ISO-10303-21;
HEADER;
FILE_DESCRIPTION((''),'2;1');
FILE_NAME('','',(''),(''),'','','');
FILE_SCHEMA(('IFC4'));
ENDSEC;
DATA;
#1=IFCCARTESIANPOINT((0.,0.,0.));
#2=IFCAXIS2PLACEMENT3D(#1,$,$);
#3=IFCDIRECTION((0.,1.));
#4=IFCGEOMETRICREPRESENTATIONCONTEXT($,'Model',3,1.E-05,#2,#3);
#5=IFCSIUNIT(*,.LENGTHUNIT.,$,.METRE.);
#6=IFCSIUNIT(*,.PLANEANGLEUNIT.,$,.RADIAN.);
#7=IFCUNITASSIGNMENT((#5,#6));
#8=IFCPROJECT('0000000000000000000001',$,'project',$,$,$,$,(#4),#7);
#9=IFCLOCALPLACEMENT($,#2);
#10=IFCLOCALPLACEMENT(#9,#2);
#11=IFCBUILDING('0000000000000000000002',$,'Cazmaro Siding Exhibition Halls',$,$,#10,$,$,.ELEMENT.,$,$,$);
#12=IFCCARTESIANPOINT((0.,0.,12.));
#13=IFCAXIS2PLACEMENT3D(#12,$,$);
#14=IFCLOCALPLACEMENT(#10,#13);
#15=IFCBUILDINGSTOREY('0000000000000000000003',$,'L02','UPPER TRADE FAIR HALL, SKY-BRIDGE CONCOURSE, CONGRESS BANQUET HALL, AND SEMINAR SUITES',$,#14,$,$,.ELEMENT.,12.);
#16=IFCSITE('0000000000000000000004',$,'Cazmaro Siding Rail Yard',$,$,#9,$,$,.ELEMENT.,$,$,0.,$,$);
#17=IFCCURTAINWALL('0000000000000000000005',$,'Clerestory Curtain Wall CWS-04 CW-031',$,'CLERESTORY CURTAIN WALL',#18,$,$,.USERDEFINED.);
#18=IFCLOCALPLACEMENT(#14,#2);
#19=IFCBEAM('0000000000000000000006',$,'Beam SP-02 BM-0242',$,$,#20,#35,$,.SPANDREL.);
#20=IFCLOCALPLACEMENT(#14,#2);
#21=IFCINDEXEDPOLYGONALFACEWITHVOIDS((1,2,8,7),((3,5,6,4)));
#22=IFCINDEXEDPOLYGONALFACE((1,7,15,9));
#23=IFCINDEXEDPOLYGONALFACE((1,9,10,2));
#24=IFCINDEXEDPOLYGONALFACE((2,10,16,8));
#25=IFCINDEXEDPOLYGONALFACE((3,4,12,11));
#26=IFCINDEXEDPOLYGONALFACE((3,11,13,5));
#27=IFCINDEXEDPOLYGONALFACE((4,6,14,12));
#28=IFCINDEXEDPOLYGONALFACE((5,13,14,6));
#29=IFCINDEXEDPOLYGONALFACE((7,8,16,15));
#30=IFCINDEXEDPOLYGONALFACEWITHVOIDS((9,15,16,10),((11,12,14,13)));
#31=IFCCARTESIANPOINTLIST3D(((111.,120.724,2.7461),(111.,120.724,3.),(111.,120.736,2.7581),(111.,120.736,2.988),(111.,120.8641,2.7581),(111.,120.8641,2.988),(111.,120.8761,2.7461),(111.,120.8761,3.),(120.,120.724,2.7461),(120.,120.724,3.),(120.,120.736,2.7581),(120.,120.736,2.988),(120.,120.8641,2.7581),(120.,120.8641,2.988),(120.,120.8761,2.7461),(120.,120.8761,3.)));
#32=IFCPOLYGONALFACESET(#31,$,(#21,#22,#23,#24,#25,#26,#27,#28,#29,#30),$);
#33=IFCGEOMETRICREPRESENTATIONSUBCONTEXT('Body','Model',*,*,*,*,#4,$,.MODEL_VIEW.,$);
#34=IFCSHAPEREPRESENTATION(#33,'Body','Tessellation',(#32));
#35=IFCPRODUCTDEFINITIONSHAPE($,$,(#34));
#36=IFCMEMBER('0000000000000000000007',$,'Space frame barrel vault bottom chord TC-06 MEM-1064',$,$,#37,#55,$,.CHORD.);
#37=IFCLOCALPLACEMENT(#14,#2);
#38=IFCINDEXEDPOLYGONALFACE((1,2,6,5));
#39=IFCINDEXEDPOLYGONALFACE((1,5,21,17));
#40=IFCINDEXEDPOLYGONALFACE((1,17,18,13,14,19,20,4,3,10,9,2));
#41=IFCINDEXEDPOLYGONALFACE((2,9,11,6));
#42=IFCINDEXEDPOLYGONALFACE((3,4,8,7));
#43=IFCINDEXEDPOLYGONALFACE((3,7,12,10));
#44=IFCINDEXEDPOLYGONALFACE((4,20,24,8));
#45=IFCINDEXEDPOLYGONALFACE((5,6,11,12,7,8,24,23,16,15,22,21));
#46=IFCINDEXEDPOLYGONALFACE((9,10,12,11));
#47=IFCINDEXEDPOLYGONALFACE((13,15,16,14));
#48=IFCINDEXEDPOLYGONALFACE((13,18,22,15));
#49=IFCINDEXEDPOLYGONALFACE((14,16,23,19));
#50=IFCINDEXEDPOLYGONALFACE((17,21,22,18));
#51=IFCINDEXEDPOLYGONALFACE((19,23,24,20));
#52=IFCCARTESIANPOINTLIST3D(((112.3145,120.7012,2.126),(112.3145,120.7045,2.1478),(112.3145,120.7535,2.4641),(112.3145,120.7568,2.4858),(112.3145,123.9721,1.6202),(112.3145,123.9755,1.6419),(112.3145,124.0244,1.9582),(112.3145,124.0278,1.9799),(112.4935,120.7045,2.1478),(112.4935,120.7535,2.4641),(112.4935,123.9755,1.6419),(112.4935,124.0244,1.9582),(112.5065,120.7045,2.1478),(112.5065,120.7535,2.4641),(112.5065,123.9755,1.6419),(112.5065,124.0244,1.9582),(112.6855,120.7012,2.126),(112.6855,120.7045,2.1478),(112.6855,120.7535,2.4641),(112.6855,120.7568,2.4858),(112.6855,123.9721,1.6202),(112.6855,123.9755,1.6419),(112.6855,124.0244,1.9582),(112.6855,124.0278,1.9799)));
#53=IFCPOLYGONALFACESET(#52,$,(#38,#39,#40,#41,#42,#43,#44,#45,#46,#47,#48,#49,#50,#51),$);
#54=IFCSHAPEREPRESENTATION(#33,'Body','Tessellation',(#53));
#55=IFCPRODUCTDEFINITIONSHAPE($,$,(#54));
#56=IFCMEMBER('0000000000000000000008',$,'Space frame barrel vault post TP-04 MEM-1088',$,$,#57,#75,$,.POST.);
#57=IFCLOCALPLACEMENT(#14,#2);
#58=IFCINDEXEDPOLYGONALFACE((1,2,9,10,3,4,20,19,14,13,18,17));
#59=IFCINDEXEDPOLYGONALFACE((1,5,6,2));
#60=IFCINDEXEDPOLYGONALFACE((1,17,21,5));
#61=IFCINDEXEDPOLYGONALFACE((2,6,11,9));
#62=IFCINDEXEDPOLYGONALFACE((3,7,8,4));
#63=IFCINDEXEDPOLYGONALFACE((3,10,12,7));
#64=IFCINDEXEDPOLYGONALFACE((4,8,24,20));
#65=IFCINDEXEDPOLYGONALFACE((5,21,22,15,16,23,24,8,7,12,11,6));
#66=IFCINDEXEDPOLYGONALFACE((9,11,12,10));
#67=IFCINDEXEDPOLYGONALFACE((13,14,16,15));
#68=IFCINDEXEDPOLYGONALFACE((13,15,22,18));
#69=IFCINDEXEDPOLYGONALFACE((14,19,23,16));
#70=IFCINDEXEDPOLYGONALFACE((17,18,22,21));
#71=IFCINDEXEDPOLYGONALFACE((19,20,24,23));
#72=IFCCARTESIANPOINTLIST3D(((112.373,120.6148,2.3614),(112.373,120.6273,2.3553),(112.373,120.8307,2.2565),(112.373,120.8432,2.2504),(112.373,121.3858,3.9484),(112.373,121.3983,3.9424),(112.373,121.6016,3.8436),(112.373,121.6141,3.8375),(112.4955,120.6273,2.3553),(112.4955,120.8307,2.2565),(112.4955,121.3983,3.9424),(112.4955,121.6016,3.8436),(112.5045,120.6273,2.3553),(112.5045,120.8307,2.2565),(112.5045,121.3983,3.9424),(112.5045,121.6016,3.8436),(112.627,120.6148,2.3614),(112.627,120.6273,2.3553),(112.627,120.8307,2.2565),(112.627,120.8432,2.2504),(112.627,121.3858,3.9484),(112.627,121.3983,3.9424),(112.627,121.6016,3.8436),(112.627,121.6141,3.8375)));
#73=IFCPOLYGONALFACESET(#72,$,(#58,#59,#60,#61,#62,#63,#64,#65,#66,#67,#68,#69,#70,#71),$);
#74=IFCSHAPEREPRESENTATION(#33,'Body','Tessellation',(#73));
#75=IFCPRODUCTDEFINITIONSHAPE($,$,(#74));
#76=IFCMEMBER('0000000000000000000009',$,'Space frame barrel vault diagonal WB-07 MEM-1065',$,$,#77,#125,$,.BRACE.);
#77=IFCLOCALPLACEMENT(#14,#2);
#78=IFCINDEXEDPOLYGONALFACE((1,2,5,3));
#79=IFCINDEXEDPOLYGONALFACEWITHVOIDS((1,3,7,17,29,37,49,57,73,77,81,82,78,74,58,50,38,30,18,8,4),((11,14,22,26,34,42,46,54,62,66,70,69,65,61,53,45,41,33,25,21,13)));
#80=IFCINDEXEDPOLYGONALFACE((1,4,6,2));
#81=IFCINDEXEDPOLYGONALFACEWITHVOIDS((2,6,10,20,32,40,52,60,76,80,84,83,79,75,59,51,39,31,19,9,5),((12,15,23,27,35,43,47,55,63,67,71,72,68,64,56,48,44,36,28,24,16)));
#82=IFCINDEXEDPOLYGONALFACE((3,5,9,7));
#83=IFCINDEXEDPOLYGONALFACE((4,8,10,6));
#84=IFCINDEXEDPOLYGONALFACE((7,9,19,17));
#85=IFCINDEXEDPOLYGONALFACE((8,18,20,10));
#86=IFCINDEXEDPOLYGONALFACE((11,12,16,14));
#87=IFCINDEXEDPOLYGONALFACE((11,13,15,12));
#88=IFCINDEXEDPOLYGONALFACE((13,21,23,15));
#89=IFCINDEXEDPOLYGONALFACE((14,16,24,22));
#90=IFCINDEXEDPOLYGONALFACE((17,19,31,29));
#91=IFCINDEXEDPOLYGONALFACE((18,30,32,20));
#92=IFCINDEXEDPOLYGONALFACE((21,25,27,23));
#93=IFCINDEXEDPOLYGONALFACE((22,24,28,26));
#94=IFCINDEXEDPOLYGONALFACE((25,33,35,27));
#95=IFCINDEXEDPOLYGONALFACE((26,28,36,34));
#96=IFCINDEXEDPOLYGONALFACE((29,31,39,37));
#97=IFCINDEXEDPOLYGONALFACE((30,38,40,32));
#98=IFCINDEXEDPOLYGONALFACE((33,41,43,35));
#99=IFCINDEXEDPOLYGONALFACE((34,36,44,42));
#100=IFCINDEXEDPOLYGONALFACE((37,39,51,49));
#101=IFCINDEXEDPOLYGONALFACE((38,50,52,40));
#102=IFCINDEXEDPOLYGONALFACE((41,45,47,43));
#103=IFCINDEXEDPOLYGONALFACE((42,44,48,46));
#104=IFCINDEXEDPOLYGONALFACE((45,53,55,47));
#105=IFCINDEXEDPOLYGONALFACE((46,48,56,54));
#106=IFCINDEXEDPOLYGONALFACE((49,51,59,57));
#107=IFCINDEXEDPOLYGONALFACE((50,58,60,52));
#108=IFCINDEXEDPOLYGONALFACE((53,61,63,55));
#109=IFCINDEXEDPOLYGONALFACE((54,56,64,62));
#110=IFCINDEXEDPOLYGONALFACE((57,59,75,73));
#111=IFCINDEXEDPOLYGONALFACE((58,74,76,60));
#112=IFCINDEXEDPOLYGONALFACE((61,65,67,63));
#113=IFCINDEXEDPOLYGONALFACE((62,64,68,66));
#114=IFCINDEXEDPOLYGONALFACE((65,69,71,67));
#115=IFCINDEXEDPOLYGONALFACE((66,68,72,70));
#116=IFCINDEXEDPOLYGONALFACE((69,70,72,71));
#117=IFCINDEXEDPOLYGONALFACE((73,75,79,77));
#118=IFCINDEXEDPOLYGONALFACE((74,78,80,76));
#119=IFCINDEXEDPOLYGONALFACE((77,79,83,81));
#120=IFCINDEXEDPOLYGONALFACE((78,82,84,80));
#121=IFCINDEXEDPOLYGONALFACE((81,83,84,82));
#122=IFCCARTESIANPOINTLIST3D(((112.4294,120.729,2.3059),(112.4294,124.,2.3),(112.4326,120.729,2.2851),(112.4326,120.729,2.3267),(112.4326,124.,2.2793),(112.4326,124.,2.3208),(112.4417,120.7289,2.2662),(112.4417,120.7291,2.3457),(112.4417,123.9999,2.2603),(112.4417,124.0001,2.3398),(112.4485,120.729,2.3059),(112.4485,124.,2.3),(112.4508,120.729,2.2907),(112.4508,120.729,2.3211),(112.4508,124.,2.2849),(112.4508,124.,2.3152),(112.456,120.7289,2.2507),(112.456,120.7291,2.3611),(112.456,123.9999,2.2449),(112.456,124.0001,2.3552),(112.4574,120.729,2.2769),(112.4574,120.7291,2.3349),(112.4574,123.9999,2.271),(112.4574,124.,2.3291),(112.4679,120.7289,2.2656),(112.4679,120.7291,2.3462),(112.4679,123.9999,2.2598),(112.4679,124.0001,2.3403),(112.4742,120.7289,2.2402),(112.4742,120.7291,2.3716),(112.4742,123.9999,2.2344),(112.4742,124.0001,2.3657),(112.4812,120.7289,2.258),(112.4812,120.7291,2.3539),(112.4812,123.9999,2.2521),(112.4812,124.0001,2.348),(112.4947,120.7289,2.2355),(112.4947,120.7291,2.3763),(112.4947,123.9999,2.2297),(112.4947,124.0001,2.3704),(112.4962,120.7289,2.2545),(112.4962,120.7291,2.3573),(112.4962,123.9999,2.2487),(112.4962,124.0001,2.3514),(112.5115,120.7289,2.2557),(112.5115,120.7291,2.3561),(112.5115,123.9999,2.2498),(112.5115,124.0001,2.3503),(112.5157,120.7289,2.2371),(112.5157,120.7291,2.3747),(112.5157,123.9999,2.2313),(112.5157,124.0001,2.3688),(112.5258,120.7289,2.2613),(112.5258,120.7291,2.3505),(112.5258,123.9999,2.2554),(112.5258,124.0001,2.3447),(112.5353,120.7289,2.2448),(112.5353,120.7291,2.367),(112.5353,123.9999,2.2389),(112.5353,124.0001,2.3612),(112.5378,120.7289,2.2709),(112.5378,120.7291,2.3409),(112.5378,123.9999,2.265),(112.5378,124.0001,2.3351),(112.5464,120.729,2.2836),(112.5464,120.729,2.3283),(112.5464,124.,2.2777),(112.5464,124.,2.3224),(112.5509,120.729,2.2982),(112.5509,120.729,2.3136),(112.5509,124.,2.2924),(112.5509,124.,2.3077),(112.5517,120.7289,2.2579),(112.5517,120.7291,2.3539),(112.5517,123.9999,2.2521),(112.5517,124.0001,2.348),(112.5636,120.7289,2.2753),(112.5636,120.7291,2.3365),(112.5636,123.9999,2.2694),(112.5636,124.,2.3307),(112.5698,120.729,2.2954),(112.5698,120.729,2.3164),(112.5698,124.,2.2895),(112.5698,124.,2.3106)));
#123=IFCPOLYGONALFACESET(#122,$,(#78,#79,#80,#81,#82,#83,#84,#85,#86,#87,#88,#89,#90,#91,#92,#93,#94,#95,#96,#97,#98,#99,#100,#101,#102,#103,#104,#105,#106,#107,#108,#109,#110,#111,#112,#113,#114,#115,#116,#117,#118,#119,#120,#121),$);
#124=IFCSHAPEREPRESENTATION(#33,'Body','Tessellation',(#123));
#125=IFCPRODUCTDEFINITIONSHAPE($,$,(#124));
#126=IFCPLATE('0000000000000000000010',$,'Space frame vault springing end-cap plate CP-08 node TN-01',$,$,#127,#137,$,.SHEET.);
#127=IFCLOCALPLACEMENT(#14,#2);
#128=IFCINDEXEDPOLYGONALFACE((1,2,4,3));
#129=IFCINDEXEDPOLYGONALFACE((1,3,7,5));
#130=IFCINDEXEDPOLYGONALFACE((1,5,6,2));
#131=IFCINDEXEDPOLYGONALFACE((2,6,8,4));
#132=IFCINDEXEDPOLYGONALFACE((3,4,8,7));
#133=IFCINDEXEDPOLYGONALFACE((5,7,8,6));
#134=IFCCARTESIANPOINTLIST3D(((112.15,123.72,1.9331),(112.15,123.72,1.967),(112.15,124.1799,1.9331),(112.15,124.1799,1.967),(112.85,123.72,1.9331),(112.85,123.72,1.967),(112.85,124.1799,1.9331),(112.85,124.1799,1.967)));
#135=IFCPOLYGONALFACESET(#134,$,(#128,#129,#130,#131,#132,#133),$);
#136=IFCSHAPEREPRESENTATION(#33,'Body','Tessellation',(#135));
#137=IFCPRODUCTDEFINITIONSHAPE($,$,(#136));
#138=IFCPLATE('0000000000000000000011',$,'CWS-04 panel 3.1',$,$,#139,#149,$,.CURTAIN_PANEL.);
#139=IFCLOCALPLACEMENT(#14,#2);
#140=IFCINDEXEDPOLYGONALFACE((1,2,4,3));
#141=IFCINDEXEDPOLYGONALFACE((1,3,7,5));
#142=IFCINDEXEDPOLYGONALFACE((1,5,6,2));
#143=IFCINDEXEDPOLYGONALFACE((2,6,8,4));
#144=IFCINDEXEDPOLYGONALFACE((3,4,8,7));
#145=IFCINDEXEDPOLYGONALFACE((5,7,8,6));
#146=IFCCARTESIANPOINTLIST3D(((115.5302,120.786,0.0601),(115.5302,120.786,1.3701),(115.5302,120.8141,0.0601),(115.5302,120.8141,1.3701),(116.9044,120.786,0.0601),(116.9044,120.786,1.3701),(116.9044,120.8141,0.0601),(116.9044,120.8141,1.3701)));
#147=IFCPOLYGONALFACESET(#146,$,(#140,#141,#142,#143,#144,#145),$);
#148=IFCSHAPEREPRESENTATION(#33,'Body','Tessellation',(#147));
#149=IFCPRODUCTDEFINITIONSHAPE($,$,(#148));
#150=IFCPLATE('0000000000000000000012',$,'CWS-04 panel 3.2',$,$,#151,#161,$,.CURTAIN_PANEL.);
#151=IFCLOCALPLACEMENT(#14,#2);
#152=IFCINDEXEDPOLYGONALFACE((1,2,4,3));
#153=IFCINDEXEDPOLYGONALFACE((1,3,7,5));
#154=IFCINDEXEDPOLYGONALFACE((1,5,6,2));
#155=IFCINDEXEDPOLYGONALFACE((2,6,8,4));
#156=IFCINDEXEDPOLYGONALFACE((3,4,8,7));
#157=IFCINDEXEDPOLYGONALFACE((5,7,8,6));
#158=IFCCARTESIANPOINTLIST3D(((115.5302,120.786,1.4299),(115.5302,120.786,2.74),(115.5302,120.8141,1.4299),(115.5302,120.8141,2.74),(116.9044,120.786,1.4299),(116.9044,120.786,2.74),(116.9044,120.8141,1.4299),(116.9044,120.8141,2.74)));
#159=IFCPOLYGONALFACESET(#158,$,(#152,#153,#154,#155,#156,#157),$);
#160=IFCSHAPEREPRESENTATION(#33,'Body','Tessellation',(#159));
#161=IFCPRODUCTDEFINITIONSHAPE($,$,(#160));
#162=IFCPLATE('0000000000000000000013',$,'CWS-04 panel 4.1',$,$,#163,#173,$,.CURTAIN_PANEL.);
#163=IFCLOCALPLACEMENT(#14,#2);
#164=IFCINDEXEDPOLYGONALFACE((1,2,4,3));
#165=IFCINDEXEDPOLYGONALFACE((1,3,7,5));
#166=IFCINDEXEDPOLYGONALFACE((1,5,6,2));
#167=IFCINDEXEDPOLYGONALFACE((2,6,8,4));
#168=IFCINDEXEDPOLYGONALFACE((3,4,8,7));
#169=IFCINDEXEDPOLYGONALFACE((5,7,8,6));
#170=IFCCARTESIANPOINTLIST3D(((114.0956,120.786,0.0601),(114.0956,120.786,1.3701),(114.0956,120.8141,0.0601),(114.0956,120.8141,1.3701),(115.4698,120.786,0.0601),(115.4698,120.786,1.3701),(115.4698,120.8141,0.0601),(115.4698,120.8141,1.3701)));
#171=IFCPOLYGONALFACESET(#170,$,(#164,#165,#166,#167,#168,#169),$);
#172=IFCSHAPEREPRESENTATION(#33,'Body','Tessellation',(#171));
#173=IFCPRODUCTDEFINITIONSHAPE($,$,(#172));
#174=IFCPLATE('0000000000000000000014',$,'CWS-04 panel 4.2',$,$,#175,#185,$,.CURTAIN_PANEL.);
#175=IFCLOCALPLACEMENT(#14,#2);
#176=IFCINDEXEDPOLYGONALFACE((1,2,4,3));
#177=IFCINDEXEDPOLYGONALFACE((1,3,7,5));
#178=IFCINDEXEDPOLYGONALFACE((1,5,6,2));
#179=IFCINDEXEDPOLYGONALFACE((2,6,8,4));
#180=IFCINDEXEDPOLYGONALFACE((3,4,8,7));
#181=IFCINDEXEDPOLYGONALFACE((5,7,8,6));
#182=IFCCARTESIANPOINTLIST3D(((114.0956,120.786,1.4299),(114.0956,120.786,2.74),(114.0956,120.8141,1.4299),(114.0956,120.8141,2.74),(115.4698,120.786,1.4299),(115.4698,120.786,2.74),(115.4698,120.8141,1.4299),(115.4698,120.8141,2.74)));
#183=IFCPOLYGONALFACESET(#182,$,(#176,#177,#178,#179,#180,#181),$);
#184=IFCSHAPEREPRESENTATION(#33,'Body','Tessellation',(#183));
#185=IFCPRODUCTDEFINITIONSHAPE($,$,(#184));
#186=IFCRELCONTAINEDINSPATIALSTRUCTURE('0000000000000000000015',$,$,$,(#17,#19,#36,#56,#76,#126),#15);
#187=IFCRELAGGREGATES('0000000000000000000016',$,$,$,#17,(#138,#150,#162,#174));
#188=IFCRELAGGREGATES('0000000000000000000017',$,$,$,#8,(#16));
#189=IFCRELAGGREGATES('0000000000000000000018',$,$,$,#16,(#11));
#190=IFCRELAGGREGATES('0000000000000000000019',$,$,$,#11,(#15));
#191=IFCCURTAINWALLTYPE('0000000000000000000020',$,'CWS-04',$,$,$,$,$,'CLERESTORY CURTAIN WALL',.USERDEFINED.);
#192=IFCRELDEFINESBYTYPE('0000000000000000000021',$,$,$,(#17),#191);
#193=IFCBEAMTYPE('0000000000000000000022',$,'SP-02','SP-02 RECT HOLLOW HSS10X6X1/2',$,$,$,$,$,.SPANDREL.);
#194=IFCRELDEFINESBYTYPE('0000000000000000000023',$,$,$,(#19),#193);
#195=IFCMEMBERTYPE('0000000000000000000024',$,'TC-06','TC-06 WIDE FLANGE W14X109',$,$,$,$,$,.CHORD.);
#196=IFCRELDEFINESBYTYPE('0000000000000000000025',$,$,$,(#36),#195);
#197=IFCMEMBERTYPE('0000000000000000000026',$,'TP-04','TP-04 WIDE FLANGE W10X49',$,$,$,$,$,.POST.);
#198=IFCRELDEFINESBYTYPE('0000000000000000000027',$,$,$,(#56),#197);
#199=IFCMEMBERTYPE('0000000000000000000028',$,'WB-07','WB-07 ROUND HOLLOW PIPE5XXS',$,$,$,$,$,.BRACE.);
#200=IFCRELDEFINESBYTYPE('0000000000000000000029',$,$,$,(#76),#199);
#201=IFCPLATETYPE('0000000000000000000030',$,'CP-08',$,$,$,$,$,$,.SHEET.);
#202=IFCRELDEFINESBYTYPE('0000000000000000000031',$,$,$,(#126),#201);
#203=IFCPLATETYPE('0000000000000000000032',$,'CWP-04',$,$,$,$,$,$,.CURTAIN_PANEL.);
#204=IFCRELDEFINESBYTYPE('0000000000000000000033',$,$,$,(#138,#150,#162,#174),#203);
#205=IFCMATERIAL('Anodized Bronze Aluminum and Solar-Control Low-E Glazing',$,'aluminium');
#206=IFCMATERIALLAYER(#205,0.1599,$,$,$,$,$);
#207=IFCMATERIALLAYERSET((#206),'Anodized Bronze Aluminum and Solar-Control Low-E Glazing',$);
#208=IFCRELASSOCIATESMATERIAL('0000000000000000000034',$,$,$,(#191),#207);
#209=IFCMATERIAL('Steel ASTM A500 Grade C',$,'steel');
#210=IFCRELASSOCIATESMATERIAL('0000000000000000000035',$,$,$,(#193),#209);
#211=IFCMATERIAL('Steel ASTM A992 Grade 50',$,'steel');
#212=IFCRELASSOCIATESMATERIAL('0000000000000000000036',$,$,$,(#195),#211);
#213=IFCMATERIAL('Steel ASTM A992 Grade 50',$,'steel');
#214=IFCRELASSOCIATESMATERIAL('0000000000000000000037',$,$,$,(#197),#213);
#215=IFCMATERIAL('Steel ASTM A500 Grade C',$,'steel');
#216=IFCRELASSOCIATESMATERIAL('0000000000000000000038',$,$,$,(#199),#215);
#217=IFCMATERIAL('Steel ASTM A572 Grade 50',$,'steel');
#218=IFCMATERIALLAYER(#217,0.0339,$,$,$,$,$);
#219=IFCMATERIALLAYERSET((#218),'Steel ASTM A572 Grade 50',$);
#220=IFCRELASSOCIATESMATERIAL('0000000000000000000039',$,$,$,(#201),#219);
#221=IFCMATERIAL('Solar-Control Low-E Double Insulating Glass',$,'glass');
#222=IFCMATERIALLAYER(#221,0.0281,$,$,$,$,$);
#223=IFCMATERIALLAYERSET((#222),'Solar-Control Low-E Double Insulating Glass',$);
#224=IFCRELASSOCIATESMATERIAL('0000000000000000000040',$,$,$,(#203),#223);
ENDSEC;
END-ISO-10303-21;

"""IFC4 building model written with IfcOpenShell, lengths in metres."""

from ifc_helpers import new_model, si_unit, direction, frame, origin, origin_2d, place, context, subcontext, project, spatial, rectangle, hollow_rectangle, hollow_circle, i_section, extrude, material, layer, layer_set, material_profile, profile_set, type_object, element, aggregate, save


model = new_model("IFC4")

# Units and contexts
model_context = context("Model", 3, precision=1e-05, world=origin(), true_north=direction((0.0, 1.0)))
body_context = subcontext(model_context, "Body", "Model", "MODEL_VIEW")
ifc_project = project(units=[si_unit("LENGTHUNIT", "METRE"), si_unit("PLANEANGLEUNIT", "RADIAN")], contexts=[model_context])

# Site, building, storey
site_placement = place(None, origin())
site = spatial("IfcSite", under=ifc_project, at=site_placement, Name="Cazmaro Siding Rail Yard", CompositionType="ELEMENT", RefElevation=0.0)
building_placement = place(site_placement, origin())
building = spatial("IfcBuilding", under=site, at=building_placement, Name="Cazmaro Siding Exhibition Halls", CompositionType="ELEMENT")
storey_placement = place(building_placement, frame((0.0, 0.0, 12.0)))
storey = spatial("IfcBuildingStorey", under=building, at=storey_placement, Name="L02", Description="UPPER TRADE FAIR HALL, SKY-BRIDGE CONCOURSE, CONGRESS BANQUET HALL, AND SEMINAR SUITES", CompositionType="ELEMENT", Elevation=12.0)

# Shared definitions
ifc_material_1 = material(Name="Anodized Bronze Aluminum and Solar-Control Low-E Glazing", Category="aluminium")
ifc_layer_1 = layer(ifc_material_1, 0.1599)
ifc_layer_set_1 = layer_set([ifc_layer_1], Name="Anodized Bronze Aluminum and Solar-Control Low-E Glazing")
curtain_wall_type = type_object("IfcCurtainWallType", Name="CWS-04", ElementType="CLERESTORY CURTAIN WALL", PredefinedType="USERDEFINED", material=ifc_layer_set_1)

# Curtain wall
curtain_wall_1_placement = place(storey_placement, origin())
curtain_wall_1 = element("IfcCurtainWall", 1, at=curtain_wall_1_placement, inside=storey, type_object=curtain_wall_type, Name="Clerestory Curtain Wall CWS-04 CW-031", ObjectType="CLERESTORY CURTAIN WALL", PredefinedType="USERDEFINED")

# Beam
ifc_material_2 = material(Name="Steel ASTM A500 Grade C", Category="steel")
ifc_material_profile_1 = material_profile(ifc_material_2, hollow_rectangle(XDim=0.1521, YDim=0.2539, WallThickness=0.012, at=origin_2d()), Name="HSS10X6X1/2")
ifc_profile_set_1 = profile_set([ifc_material_profile_1], Name="Steel ASTM A500 Grade C")
beam_type_1 = type_object("IfcBeamType", Name="SP-02", Description="SP-02 RECT HOLLOW HSS10X6X1/2", PredefinedType="SPANDREL", material=ifc_profile_set_1)
beam_1_placement = place(storey_placement, frame((111.0, 120.8, 2.873), z_axis=(1.0, 0.0, 0.0), x_axis=(0.0, 1.0, 0.0)))
element("IfcBeam", 2, at=beam_1_placement, inside=storey, type_object=beam_type_1, Name="Beam SP-02 BM-0242", PredefinedType="SPANDREL", context=body_context, shape_type="SweptSolid", body=[
    extrude(hollow_rectangle(XDim=0.1521, YDim=0.2539, WallThickness=0.012, at=origin_2d()), origin(), (0.0, 0.0, 1.0), 9.0),
])

# Members
ifc_material_3 = material(Name="Steel ASTM A992 Grade 50", Category="steel")
ifc_material_profile_2 = material_profile(ifc_material_3, i_section(OverallWidth=0.3711, OverallDepth=0.364, WebThickness=0.0129, FlangeThickness=0.022, at=origin_2d()), Name="W14X109")
ifc_profile_set_2 = profile_set([ifc_material_profile_2], Name="Steel ASTM A992 Grade 50")
member_type_1 = type_object("IfcMemberType", Name="TC-06", Description="TC-06 WIDE FLANGE W14X109", PredefinedType="CHORD", material=ifc_profile_set_2)
member_1_placement = place(storey_placement, frame((112.5, 120.729, 2.3059), z_axis=(0.0, 0.988252, -0.152833), x_axis=(-1.0, 0.0, 0.0)))
element("IfcMember", 3, at=member_1_placement, inside=storey, type_object=member_type_1, Name="Space frame barrel vault bottom chord TC-06 MEM-1064", PredefinedType="CHORD", context=body_context, shape_type="SweptSolid", body=[
    extrude(i_section(OverallWidth=0.3711, OverallDepth=0.364, WebThickness=0.0129, FlangeThickness=0.022, at=origin_2d()), origin(), (0.0, 0.0, 1.0), 3.3098),
])
ifc_material_4 = material(Name="Steel ASTM A992 Grade 50", Category="steel")
ifc_material_profile_3 = material_profile(ifc_material_4, i_section(OverallWidth=0.2539, OverallDepth=0.2539, WebThickness=0.009, FlangeThickness=0.0139, at=origin_2d()), Name="W10X49")
ifc_profile_set_3 = profile_set([ifc_material_profile_3], Name="Steel ASTM A992 Grade 50")
member_type_2 = type_object("IfcMemberType", Name="TP-04", Description="TP-04 WIDE FLANGE W10X49", PredefinedType="POST", material=ifc_profile_set_3)
member_2_placement = place(storey_placement, frame((112.5, 120.729, 2.3059), z_axis=(0.0, 0.436946, 0.899488), x_axis=(-1.0, 0.0, 0.0)))
element("IfcMember", 4, at=member_2_placement, inside=storey, type_object=member_type_2, Name="Space frame barrel vault post TP-04 MEM-1088", PredefinedType="POST", context=body_context, shape_type="SweptSolid", body=[
    extrude(i_section(OverallWidth=0.2539, OverallDepth=0.2539, WebThickness=0.009, FlangeThickness=0.0139, at=origin_2d()), origin(), (0.0, 0.0, 1.0), 1.7644),
])
ifc_material_5 = material(Name="Steel ASTM A500 Grade C", Category="steel")
ifc_material_profile_4 = material_profile(ifc_material_5, hollow_circle(Radius=0.0706, WallThickness=0.019, at=origin_2d()), Name="PIPE5XXS")
ifc_profile_set_4 = profile_set([ifc_material_profile_4], Name="Steel ASTM A500 Grade C")
member_type_3 = type_object("IfcMemberType", Name="WB-07", Description="WB-07 ROUND HOLLOW PIPE5XXS", PredefinedType="BRACE", material=ifc_profile_set_4)
member_3_placement = place(storey_placement, frame((112.5, 120.729, 2.3059), z_axis=(0.0, 0.999998, -0.001791), x_axis=(-1.0, 0.0, 0.0)))
element("IfcMember", 5, at=member_3_placement, inside=storey, type_object=member_type_3, Name="Space frame barrel vault diagonal WB-07 MEM-1065", PredefinedType="BRACE", context=body_context, shape_type="SweptSolid", body=[
    extrude(hollow_circle(Radius=0.0706, WallThickness=0.019, at=origin_2d()), origin(), (0.0, 0.0, 1.0), 3.271),
])

# Plates
ifc_material_6 = material(Name="Steel ASTM A572 Grade 50", Category="steel")
ifc_layer_2 = layer(ifc_material_6, 0.0339)
ifc_layer_set_2 = layer_set([ifc_layer_2], Name="Steel ASTM A572 Grade 50")
plate_type_1 = type_object("IfcPlateType", Name="CP-08", PredefinedType="SHEET", material=ifc_layer_set_2)
plate_1_placement = place(storey_placement, frame((112.5, 123.95, 1.9331), z_axis=(0.0, 0.0, 1.0), x_axis=(1.0, 0.0, 0.0)))
element("IfcPlate", 6, at=plate_1_placement, inside=storey, type_object=plate_type_1, Name="Space frame vault springing end-cap plate CP-08 node TN-01", PredefinedType="SHEET", context=body_context, shape_type="SweptSolid", body=[
    extrude(rectangle(XDim=0.7, YDim=0.46, at=origin_2d()), origin(), (0.0, 0.0, 1.0), 0.0339),
])
ifc_material_7 = material(Name="Solar-Control Low-E Double Insulating Glass", Category="glass")
ifc_layer_3 = layer(ifc_material_7, 0.0281)
ifc_layer_set_3 = layer_set([ifc_layer_3], Name="Solar-Control Low-E Double Insulating Glass")
plate_type_2 = type_object("IfcPlateType", Name="CWP-04", PredefinedType="CURTAIN_PANEL", material=ifc_layer_set_3)
plate_2_placement = place(storey_placement, frame((116.2173, 120.8, 0.0601), z_axis=(0.0, 0.0, 1.0), x_axis=(-1.0, 0.0, 0.0)))
plate_2 = element("IfcPlate", 7, at=plate_2_placement, type_object=plate_type_2, Name="CWS-04 panel 3.1", PredefinedType="CURTAIN_PANEL", context=body_context, shape_type="SweptSolid", body=[
    extrude(rectangle(XDim=1.3743, YDim=0.0281, at=origin_2d()), origin(), (0.0, 0.0, 1.0), 1.3101),
])
plate_3_placement = place(storey_placement, frame((116.2173, 120.8, 1.4299), z_axis=(0.0, 0.0, 1.0), x_axis=(-1.0, 0.0, 0.0)))
plate_3 = element("IfcPlate", 8, at=plate_3_placement, type_object=plate_type_2, Name="CWS-04 panel 3.2", PredefinedType="CURTAIN_PANEL", context=body_context, shape_type="SweptSolid", body=[
    extrude(rectangle(XDim=1.3743, YDim=0.0281, at=origin_2d()), origin(), (0.0, 0.0, 1.0), 1.3101),
])
plate_4_placement = place(storey_placement, frame((114.7827, 120.8, 0.0601), z_axis=(0.0, 0.0, 1.0), x_axis=(-1.0, 0.0, 0.0)))
plate_4 = element("IfcPlate", 9, at=plate_4_placement, type_object=plate_type_2, Name="CWS-04 panel 4.1", PredefinedType="CURTAIN_PANEL", context=body_context, shape_type="SweptSolid", body=[
    extrude(rectangle(XDim=1.3743, YDim=0.0281, at=origin_2d()), origin(), (0.0, 0.0, 1.0), 1.3101),
])
plate_5_placement = place(storey_placement, frame((114.7827, 120.8, 1.4299), z_axis=(0.0, 0.0, 1.0), x_axis=(-1.0, 0.0, 0.0)))
plate_5 = element("IfcPlate", 10, at=plate_5_placement, type_object=plate_type_2, Name="CWS-04 panel 4.2", PredefinedType="CURTAIN_PANEL", context=body_context, shape_type="SweptSolid", body=[
    extrude(rectangle(XDim=1.3743, YDim=0.0281, at=origin_2d()), origin(), (0.0, 0.0, 1.0), 1.3101),
])
aggregate(curtain_wall_1, [plate_2, plate_3, plate_4, plate_5])

save(model, "model.ifc")
